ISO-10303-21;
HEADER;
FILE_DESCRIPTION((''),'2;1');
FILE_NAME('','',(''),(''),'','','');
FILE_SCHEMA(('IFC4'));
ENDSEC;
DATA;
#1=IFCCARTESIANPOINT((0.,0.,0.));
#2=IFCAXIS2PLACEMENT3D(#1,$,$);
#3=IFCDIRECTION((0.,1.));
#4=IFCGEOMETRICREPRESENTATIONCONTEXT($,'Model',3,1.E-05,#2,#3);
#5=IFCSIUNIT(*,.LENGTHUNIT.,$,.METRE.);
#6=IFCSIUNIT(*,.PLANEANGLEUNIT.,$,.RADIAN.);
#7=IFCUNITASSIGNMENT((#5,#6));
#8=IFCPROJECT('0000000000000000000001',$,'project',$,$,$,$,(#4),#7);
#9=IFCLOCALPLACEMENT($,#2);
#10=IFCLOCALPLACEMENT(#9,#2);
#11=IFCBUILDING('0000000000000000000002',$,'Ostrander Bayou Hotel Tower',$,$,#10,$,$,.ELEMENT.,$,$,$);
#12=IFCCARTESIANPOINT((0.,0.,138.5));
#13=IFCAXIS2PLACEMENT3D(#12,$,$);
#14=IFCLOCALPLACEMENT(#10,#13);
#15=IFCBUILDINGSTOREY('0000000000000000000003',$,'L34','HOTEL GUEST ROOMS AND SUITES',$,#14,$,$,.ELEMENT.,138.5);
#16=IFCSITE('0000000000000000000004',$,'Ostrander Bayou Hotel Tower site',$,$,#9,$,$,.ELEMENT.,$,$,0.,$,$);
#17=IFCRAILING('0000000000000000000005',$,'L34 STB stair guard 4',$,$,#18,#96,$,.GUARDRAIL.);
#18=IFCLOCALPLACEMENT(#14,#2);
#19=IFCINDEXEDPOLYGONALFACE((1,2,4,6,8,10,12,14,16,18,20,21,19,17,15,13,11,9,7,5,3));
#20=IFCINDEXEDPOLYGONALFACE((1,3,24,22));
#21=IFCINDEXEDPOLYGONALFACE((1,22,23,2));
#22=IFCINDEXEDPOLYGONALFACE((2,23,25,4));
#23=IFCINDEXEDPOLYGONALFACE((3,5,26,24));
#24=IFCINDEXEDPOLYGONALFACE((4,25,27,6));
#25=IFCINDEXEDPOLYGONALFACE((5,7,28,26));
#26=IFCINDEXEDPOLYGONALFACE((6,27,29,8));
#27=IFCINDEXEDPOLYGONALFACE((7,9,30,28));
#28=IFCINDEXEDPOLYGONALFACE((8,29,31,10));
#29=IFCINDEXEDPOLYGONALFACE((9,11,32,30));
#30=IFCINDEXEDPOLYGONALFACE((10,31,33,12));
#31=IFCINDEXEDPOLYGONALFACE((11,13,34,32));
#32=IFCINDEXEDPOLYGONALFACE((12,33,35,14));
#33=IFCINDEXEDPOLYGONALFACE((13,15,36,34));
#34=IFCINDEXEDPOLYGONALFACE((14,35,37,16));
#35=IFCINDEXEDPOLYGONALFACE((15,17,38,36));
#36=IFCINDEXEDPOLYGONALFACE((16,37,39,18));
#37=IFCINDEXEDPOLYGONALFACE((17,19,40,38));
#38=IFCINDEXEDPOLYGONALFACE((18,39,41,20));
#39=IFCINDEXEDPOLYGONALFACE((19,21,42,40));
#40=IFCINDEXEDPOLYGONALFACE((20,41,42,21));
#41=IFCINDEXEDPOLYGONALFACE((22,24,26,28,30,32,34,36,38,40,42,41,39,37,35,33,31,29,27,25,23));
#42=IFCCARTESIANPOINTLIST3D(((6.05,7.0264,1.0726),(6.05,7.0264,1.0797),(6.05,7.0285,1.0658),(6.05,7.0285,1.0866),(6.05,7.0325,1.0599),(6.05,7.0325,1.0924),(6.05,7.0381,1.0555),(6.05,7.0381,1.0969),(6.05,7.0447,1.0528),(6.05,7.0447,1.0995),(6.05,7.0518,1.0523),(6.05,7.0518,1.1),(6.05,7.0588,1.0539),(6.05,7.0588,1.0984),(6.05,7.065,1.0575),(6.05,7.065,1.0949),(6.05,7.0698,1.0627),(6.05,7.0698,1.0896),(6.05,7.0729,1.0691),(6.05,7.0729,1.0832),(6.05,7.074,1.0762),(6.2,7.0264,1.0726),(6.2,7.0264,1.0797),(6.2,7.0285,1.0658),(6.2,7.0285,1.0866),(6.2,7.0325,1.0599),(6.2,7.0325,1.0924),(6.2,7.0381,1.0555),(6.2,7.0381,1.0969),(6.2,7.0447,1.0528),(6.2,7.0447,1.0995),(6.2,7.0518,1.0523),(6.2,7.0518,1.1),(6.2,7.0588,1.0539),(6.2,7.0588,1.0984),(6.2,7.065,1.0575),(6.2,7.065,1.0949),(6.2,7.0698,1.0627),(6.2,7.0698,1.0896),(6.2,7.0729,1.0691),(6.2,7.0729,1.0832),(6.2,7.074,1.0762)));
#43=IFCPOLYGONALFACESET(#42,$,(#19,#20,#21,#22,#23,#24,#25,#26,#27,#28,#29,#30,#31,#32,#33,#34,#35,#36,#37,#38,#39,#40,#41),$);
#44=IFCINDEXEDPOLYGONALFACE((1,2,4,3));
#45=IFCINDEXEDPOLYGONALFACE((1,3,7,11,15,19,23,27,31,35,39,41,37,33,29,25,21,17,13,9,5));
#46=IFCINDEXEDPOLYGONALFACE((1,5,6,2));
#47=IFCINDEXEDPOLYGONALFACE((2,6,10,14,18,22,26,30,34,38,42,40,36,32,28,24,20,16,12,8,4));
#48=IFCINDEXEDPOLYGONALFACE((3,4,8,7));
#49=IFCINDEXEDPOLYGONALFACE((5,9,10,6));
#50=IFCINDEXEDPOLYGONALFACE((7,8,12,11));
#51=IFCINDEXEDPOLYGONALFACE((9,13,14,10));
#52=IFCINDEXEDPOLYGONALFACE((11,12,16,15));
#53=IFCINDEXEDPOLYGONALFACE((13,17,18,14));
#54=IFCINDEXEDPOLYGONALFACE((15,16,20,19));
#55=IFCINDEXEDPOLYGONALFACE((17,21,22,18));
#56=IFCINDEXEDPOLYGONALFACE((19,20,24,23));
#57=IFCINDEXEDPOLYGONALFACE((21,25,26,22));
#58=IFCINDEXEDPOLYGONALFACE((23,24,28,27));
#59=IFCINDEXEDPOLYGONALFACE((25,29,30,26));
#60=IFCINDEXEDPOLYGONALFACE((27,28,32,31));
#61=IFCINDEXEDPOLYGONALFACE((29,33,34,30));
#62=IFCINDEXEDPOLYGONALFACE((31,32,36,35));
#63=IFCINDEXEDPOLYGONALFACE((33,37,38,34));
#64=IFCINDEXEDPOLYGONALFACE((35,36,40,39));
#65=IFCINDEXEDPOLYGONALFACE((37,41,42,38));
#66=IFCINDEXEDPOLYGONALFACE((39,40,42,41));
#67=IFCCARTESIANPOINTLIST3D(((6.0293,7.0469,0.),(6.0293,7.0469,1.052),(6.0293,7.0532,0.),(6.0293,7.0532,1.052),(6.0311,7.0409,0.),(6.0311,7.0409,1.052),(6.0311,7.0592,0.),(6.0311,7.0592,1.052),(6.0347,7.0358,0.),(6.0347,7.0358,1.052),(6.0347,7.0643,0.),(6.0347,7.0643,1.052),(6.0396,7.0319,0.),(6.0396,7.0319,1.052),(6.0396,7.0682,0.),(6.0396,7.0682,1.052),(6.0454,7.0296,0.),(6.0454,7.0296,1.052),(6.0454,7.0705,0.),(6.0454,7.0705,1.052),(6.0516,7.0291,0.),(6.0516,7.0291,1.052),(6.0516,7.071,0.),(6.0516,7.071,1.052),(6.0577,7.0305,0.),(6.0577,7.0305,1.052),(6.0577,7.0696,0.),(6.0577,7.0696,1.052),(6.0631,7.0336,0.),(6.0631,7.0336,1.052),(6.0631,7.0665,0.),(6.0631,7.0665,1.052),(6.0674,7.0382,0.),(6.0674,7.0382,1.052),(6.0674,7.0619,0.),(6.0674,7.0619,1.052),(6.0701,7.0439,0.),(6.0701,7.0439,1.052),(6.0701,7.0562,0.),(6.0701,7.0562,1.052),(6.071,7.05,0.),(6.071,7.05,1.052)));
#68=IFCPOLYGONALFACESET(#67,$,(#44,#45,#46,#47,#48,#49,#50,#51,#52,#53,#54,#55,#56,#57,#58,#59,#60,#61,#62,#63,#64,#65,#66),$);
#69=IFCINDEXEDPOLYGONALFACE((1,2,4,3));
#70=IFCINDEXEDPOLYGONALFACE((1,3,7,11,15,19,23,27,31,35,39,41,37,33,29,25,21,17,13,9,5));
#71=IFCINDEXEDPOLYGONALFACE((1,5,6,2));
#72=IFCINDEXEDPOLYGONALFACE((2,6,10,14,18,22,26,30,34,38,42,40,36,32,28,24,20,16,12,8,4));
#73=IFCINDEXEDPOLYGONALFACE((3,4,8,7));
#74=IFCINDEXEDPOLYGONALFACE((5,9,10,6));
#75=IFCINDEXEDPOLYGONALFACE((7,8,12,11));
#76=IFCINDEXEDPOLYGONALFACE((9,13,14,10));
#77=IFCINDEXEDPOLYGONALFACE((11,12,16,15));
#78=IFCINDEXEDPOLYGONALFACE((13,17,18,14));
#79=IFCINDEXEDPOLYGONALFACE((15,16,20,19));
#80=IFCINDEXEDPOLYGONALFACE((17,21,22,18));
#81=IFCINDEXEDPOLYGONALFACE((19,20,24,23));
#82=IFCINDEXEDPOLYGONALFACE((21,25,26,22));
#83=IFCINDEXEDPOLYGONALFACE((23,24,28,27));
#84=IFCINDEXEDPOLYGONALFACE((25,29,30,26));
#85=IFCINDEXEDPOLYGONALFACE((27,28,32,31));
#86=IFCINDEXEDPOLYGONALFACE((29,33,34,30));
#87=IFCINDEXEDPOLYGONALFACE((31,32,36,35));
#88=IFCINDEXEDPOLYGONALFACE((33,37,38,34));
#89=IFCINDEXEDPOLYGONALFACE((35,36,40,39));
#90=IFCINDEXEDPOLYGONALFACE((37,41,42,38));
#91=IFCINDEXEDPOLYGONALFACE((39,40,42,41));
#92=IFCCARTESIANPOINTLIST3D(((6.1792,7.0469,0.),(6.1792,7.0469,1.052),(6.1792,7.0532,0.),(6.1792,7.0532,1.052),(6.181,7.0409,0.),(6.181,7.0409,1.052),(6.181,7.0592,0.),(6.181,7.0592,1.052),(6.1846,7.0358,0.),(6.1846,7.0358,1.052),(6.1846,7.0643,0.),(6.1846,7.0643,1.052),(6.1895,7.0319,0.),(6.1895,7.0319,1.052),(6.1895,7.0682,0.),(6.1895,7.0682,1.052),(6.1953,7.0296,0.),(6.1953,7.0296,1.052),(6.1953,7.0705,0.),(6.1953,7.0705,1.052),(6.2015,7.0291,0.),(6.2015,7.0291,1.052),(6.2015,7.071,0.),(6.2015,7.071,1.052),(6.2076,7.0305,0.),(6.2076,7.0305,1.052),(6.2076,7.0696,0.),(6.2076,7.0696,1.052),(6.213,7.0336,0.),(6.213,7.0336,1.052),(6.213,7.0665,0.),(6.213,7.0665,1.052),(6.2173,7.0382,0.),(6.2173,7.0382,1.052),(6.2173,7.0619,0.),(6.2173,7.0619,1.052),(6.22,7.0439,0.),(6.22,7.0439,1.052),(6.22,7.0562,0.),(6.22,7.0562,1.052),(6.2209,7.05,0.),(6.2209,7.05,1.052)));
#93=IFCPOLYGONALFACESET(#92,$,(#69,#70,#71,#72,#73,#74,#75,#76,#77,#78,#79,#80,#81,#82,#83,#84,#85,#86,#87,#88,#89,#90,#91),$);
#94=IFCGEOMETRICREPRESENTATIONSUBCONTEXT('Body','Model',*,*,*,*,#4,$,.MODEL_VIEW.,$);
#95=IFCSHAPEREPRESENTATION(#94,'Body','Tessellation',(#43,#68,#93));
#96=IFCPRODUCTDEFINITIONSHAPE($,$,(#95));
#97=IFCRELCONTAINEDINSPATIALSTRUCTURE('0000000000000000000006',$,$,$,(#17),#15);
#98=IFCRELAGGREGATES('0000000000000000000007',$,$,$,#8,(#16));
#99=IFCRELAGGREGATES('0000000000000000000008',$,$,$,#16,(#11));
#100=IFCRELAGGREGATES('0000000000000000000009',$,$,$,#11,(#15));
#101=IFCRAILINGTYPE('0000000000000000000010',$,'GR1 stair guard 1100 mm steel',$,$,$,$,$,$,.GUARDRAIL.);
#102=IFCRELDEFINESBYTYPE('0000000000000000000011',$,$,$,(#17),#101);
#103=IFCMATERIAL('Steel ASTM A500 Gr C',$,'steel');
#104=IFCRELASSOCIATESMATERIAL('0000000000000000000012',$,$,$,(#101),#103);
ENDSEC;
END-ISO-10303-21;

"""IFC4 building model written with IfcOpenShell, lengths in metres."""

from ifc_helpers import new_model, si_unit, direction, frame, origin, origin_2d, place, context, subcontext, project, spatial, circle, extrude, material, type_object, element, save


model = new_model("IFC4")

# Units and contexts
model_context = context("Model", 3, precision=1e-05, world=origin(), true_north=direction((0.0, 1.0)))
body_context = subcontext(model_context, "Body", "Model", "MODEL_VIEW")
ifc_project = project(units=[si_unit("LENGTHUNIT", "METRE"), si_unit("PLANEANGLEUNIT", "RADIAN")], contexts=[model_context])

# Site, building, storey
site_placement = place(None, origin())
site = spatial("IfcSite", under=ifc_project, at=site_placement, Name="Ostrander Bayou Hotel Tower site", CompositionType="ELEMENT", RefElevation=0.0)
building_placement = place(site_placement, origin())
building = spatial("IfcBuilding", under=site, at=building_placement, Name="Ostrander Bayou Hotel Tower", CompositionType="ELEMENT")
storey_placement = place(building_placement, frame((0.0, 0.0, 138.5)))
storey = spatial("IfcBuildingStorey", under=building, at=storey_placement, Name="L34", Description="HOTEL GUEST ROOMS AND SUITES", CompositionType="ELEMENT", Elevation=138.5)

# Railing
ifc_material_1 = material(Name="Steel ASTM A500 Gr C", Category="steel")
railing_type_1 = type_object("IfcRailingType", Name="GR1 stair guard 1100 mm steel", PredefinedType="GUARDRAIL", material=ifc_material_1)
railing_1_placement = place(storey_placement, frame((6.05, 7.05, 0.0)))
element("IfcRailing", 1, at=railing_1_placement, inside=storey, type_object=railing_type_1, Name="L34 STB stair guard 4", PredefinedType="GUARDRAIL", context=body_context, shape_type="SweptSolid", body=[
    extrude(circle(Radius=0.0239, at=origin_2d()), frame((0.0, 0.0, 1.0762), z_axis=(1.0, 0.0, 0.0), x_axis=(0.0, 1.0, 0.0)), (0.0, 0.0, 1.0), 0.1499),
    extrude(circle(Radius=0.021, at=origin_2d()), origin(), (0.0, 0.0, 1.0), 1.052),
    extrude(circle(Radius=0.021, at=origin_2d()), frame((0.1499, 0.0, 0.0)), (0.0, 0.0, 1.0), 1.052),
])

save(model, "model.ifc")
